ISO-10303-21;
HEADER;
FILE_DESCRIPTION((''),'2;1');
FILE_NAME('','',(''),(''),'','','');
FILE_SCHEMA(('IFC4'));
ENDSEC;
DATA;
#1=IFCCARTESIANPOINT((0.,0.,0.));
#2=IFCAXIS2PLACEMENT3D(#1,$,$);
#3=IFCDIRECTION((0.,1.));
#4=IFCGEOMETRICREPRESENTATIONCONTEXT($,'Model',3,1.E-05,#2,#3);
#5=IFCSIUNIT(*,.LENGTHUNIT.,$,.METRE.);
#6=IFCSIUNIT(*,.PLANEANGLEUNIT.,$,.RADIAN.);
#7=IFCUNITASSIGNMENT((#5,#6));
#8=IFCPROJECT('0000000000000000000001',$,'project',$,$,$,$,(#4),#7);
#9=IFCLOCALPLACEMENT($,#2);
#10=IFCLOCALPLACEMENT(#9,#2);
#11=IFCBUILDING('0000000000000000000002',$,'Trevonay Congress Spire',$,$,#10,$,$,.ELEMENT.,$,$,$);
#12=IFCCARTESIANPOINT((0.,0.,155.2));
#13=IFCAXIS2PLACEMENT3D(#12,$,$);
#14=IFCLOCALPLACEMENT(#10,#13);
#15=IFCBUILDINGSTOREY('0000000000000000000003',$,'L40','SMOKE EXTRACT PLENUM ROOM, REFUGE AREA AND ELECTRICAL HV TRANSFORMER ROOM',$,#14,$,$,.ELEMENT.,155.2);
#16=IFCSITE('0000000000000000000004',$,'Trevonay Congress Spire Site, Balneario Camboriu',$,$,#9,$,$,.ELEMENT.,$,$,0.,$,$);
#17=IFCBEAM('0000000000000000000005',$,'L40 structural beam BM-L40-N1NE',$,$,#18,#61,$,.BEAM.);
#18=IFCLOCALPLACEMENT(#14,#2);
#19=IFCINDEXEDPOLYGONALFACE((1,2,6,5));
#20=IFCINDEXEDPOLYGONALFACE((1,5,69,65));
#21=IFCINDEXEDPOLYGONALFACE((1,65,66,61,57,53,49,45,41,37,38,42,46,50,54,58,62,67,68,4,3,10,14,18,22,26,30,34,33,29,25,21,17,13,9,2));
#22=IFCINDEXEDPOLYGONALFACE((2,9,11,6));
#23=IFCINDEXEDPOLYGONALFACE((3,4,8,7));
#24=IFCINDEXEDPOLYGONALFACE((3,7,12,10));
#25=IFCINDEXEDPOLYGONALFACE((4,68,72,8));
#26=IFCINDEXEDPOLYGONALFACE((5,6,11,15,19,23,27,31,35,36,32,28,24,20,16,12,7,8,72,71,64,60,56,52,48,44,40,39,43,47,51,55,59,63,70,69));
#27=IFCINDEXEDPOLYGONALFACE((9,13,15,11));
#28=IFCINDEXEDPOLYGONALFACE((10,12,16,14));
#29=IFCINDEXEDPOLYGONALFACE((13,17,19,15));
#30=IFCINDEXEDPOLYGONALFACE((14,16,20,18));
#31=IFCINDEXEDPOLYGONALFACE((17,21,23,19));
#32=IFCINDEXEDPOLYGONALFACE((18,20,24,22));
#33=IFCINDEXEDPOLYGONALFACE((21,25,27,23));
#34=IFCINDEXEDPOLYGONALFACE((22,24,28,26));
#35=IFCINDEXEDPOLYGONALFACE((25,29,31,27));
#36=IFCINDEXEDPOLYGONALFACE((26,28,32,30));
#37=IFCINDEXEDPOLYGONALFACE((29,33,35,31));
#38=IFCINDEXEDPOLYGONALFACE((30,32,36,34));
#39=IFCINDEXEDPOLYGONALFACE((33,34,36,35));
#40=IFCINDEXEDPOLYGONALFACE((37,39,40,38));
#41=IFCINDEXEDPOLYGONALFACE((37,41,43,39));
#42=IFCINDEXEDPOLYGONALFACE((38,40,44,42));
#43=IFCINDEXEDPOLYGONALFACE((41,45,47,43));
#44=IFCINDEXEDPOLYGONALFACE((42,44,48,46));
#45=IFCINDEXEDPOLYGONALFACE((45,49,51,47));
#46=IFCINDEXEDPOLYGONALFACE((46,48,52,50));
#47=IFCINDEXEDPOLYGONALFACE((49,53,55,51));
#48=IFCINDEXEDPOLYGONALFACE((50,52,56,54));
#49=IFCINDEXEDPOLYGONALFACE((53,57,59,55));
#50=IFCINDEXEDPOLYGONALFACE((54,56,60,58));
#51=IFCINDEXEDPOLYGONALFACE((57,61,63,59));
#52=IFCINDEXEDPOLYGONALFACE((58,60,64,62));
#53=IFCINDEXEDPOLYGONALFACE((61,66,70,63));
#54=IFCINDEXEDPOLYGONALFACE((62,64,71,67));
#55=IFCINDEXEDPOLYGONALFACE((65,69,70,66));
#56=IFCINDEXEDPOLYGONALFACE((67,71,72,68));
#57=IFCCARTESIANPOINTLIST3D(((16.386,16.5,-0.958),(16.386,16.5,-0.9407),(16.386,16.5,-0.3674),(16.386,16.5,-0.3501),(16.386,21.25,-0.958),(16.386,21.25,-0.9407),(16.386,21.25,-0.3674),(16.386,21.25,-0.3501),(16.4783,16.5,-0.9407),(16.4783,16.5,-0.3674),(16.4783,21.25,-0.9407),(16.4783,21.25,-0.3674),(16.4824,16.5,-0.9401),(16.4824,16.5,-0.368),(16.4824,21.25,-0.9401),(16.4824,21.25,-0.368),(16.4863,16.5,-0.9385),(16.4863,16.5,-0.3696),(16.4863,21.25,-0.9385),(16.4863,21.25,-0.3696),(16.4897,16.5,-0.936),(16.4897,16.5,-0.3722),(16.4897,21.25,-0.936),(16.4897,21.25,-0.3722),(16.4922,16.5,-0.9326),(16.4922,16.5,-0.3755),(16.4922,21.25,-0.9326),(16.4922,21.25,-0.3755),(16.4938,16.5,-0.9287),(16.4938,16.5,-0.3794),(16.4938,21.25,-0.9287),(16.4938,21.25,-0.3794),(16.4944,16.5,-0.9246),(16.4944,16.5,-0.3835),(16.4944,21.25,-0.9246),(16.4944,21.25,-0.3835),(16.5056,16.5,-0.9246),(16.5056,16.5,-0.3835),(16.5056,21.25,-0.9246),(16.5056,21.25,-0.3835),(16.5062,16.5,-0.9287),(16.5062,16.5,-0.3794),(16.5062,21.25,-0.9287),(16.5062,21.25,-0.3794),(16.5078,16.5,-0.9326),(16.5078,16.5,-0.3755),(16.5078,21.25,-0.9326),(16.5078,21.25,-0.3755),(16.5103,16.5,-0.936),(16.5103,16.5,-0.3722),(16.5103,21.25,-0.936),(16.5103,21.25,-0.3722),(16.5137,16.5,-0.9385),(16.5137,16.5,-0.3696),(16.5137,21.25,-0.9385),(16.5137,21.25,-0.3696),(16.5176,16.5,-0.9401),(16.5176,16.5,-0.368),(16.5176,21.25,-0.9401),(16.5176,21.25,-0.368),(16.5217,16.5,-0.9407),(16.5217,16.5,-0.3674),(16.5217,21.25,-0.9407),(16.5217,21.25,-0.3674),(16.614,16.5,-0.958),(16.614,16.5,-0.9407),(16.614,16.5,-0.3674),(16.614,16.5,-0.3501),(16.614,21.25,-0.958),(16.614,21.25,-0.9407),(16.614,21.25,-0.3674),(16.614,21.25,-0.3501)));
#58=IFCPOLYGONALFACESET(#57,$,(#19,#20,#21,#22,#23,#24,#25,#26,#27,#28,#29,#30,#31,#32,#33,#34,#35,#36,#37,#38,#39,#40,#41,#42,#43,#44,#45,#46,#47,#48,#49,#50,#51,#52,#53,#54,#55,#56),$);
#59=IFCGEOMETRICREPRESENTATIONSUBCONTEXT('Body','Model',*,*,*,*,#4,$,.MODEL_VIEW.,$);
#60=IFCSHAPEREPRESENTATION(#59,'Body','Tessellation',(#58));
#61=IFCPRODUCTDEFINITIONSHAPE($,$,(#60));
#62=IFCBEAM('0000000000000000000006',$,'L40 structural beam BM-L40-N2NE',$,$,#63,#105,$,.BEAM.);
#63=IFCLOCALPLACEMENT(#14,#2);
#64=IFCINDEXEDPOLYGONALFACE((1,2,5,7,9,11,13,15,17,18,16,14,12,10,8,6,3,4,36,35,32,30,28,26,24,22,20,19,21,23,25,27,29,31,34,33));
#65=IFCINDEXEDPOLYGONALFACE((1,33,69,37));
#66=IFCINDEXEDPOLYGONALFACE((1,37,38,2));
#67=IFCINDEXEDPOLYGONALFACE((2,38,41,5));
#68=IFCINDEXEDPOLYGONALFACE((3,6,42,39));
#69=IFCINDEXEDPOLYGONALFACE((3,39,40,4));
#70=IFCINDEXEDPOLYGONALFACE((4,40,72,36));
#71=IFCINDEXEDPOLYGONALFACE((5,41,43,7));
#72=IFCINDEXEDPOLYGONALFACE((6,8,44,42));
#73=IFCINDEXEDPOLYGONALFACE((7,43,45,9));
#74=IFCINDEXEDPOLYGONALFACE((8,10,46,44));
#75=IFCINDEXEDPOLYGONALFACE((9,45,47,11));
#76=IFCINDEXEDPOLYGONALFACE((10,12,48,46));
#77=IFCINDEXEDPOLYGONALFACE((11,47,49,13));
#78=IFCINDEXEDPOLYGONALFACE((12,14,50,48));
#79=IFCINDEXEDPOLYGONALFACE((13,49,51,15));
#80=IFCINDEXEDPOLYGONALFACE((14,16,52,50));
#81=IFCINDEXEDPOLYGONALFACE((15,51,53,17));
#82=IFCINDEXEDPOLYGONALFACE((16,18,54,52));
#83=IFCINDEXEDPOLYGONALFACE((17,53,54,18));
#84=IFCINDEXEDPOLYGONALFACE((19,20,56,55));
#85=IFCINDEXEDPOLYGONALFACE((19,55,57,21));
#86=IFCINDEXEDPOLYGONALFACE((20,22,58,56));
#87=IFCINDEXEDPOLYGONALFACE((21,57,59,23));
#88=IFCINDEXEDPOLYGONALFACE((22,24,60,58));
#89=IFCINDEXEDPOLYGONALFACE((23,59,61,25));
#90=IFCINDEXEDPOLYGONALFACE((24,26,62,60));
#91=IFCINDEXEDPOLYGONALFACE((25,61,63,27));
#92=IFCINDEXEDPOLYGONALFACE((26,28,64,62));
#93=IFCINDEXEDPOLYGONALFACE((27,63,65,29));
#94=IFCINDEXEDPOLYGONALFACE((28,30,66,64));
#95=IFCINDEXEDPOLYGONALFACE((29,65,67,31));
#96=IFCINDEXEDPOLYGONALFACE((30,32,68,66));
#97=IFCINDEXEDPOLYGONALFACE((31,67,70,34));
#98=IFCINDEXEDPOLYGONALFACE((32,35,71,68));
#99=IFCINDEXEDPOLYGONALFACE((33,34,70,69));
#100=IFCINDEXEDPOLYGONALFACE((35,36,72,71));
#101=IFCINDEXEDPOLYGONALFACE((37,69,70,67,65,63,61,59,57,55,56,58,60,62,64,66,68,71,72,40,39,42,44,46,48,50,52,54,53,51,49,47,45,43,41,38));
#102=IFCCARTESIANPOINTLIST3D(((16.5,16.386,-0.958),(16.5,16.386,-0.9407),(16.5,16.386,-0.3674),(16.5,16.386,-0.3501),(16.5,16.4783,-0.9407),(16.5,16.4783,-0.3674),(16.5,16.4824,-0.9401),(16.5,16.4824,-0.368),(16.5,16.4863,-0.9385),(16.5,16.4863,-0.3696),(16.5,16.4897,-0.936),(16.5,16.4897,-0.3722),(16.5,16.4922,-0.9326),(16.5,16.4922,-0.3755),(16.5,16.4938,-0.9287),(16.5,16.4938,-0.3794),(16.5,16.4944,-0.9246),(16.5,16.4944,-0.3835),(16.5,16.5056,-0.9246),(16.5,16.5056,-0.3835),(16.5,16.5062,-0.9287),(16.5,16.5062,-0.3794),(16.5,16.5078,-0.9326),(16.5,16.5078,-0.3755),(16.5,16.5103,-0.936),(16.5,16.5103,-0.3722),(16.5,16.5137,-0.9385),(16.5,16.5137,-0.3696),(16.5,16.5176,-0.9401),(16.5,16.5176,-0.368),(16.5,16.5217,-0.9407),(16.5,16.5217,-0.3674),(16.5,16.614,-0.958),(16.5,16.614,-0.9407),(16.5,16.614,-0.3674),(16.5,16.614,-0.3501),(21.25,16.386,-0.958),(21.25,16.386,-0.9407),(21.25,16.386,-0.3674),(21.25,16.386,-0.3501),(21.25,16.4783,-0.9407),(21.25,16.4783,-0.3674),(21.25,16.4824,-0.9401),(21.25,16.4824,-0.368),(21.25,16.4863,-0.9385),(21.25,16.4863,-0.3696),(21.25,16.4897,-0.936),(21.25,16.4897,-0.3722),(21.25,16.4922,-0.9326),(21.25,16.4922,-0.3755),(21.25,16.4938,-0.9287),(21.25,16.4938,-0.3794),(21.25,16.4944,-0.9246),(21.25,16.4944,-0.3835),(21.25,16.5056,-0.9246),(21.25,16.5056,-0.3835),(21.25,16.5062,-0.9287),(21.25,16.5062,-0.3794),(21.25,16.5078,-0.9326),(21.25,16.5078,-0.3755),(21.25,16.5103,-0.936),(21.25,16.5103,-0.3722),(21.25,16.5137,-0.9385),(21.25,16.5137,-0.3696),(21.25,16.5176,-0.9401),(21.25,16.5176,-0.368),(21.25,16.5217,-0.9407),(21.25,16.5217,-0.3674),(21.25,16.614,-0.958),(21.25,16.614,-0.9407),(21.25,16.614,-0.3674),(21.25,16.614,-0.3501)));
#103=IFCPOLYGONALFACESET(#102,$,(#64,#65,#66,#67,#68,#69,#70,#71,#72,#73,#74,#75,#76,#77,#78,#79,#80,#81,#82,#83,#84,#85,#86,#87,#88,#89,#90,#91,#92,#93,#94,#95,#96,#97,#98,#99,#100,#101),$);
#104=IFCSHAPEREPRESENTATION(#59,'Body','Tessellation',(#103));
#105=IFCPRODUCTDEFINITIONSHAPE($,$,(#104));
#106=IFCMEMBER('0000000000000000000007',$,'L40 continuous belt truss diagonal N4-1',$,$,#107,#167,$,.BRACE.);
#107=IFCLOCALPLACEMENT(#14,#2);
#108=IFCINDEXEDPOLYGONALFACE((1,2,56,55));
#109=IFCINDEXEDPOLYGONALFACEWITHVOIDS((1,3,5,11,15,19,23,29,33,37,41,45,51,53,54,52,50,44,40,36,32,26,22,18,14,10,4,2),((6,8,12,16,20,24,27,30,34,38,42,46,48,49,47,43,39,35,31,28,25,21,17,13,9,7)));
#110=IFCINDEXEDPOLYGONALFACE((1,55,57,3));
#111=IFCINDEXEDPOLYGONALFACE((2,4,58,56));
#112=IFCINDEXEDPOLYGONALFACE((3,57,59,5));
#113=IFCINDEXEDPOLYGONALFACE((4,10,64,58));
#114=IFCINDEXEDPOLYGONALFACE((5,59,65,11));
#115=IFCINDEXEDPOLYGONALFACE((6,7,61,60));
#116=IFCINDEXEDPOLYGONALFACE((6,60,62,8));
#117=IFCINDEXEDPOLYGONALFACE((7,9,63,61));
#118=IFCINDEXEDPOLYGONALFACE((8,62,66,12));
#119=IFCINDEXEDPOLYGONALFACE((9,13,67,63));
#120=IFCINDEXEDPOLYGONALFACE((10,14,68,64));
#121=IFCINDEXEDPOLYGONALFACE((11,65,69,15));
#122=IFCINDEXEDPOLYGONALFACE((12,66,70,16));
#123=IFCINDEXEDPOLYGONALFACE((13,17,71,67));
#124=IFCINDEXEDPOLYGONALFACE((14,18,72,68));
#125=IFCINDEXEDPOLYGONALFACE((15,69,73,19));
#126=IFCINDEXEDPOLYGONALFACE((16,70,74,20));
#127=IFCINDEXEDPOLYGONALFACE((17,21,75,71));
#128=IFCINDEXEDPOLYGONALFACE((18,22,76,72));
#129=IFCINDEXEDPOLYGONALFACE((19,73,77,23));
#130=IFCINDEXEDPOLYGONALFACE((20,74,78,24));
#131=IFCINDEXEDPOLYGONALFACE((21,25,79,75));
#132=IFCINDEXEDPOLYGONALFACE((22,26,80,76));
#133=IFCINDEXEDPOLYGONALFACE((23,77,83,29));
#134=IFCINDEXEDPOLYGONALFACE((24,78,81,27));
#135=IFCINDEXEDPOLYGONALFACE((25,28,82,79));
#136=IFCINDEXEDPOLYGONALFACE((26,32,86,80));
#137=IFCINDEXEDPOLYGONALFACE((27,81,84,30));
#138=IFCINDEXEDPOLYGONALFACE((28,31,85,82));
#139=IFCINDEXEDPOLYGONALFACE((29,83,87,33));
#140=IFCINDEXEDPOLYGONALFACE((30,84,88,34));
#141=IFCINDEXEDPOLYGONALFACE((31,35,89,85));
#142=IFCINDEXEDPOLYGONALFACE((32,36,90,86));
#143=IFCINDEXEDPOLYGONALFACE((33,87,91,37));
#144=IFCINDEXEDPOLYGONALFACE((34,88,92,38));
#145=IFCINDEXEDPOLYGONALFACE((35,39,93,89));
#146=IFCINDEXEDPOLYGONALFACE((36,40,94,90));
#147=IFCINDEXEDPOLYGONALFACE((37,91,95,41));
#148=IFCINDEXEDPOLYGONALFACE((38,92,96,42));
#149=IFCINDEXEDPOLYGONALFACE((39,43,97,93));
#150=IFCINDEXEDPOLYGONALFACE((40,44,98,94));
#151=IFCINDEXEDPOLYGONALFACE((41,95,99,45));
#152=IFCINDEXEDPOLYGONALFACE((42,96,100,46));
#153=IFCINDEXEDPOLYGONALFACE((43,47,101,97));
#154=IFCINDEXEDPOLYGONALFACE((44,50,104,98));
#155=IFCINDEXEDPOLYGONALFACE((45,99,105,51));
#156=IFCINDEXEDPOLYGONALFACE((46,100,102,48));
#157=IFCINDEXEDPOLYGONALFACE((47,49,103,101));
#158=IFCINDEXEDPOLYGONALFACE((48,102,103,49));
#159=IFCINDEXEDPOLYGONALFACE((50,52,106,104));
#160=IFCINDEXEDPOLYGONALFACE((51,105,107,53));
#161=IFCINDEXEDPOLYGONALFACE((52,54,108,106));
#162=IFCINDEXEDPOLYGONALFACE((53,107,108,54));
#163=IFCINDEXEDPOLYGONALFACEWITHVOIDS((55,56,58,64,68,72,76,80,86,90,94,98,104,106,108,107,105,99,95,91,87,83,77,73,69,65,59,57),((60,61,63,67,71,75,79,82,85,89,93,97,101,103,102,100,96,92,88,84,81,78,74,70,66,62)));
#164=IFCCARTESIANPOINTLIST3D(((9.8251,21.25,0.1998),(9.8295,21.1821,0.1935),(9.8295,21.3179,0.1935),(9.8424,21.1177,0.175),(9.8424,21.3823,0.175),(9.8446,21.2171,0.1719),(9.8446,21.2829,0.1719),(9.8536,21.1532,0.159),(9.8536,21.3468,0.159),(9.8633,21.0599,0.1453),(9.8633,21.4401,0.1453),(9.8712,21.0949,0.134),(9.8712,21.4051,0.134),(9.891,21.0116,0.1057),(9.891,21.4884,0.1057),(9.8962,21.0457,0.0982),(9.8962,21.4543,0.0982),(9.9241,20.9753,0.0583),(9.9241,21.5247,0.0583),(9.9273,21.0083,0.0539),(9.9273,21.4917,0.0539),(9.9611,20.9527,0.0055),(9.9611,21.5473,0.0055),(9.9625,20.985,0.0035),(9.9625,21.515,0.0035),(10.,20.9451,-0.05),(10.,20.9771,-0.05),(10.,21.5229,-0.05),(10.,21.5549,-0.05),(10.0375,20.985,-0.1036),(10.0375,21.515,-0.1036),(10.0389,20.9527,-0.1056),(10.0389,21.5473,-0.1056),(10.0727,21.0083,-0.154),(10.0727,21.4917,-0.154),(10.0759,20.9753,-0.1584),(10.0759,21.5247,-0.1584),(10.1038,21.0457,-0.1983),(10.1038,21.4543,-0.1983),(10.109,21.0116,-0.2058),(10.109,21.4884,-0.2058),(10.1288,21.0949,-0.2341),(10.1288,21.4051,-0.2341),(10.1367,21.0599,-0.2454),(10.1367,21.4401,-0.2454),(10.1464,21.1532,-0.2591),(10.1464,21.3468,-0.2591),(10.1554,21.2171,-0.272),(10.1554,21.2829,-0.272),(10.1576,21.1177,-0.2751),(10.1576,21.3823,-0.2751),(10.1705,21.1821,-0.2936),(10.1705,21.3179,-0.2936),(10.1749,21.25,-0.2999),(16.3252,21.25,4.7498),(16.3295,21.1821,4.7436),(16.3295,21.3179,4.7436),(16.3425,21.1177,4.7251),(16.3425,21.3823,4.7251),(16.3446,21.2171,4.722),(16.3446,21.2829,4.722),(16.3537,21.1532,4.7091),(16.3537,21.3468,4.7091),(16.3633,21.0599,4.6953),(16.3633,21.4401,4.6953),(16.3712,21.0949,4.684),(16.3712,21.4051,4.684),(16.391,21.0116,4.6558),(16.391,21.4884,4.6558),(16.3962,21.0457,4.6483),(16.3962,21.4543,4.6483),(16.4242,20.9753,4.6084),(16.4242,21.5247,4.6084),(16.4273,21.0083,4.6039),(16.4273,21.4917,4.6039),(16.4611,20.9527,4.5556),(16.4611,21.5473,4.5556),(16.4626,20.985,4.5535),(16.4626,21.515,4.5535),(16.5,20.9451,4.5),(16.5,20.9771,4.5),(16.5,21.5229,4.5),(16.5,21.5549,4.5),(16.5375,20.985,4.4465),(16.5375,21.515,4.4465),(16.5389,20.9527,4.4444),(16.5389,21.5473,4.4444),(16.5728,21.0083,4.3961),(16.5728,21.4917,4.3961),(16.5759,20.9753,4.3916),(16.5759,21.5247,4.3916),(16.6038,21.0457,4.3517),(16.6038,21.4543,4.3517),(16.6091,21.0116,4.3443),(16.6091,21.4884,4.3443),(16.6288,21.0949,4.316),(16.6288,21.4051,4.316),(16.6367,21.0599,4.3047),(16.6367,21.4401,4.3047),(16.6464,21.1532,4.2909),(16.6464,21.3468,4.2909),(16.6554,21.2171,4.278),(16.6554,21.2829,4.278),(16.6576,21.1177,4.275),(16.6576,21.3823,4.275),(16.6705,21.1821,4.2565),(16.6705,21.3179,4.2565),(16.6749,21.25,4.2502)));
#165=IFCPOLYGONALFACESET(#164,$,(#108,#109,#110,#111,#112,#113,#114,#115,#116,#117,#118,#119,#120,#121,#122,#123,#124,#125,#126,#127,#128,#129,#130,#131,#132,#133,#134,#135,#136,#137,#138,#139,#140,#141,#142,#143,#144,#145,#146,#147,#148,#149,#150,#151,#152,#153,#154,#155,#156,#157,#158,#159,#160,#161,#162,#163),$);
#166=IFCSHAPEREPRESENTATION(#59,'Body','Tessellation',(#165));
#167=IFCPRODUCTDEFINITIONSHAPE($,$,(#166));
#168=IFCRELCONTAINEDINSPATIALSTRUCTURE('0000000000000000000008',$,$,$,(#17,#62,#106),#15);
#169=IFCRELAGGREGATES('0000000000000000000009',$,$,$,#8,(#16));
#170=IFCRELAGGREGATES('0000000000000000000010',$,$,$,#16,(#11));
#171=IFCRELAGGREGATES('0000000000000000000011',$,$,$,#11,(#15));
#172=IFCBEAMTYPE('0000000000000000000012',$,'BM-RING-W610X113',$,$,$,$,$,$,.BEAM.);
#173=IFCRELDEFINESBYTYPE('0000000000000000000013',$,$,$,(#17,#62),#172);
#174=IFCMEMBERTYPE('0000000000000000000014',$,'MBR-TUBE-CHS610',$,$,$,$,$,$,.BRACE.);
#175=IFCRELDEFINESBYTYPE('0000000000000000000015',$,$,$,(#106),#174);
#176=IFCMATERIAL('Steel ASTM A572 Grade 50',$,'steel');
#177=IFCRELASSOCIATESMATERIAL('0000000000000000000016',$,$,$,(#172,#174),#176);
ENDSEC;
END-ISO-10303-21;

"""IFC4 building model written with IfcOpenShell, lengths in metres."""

from ifc_helpers import new_model, si_unit, direction, frame, origin, origin_2d, place, context, subcontext, project, spatial, hollow_circle, i_section, extrude, material, material_profile, profile_set, type_object, element, save


model = new_model("IFC4")

# Units and contexts
model_context = context("Model", 3, precision=1e-05, world=origin(), true_north=direction((0.0, 1.0)))
body_context = subcontext(model_context, "Body", "Model", "MODEL_VIEW")
ifc_project = project(units=[si_unit("LENGTHUNIT", "METRE"), si_unit("PLANEANGLEUNIT", "RADIAN")], contexts=[model_context])

# Site, building, storey
site_placement = place(None, origin())
site = spatial("IfcSite", under=ifc_project, at=site_placement, Name="Trevonay Congress Spire Site, Balneario Camboriu", CompositionType="ELEMENT", RefElevation=0.0)
building_placement = place(site_placement, origin())
building = spatial("IfcBuilding", under=site, at=building_placement, Name="Trevonay Congress Spire", CompositionType="ELEMENT")
storey_placement = place(building_placement, frame((0.0, 0.0, 155.2)))
storey = spatial("IfcBuildingStorey", under=building, at=storey_placement, Name="L40", Description="SMOKE EXTRACT PLENUM ROOM, REFUGE AREA AND ELECTRICAL HV TRANSFORMER ROOM", CompositionType="ELEMENT", Elevation=155.2)

# Shared definitions
ifc_material_1 = material(Name="Steel ASTM A572 Grade 50", Category="steel")

# Beams
ifc_material_profile_1 = material_profile(ifc_material_1, i_section(OverallWidth=0.228, OverallDepth=0.6079, WebThickness=0.0112, FlangeThickness=0.0173, FilletRadius=0.0161, at=origin_2d()), Name="W610x113")
ifc_profile_set_1 = profile_set([ifc_material_profile_1], Name="Steel ASTM A572 Grade 50")
beam_type = type_object("IfcBeamType", Name="BM-RING-W610X113", PredefinedType="BEAM", material=ifc_profile_set_1)
for number, where, z_axis, x_axis, name in (
    (1, (16.5, 21.25, -0.6541), (0.0, -1.0, 0.0), (1.0, 0.0, 0.0), "L40 structural beam BM-L40-N1NE"),
    (2, (21.25, 16.5, -0.6541), (-1.0, 0.0, 0.0), (0.0, -1.0, 0.0), "L40 structural beam BM-L40-N2NE"),
):
    element("IfcBeam", number, at=place(storey_placement, frame(where, z_axis=z_axis, x_axis=x_axis)), inside=storey, type_object=beam_type, Name=name, PredefinedType="BEAM", context=body_context, shape_type="SweptSolid", body=[
        extrude(i_section(OverallWidth=0.228, OverallDepth=0.6079, WebThickness=0.0112, FlangeThickness=0.0173, FilletRadius=0.0161, at=origin_2d()), origin(), (0.0, 0.0, 1.0), 4.75),
    ])

# Member
ifc_material_profile_2 = material_profile(ifc_material_1, hollow_circle(Radius=0.3049, WallThickness=0.032, at=origin_2d()), Name="CHS 610x32")
ifc_profile_set_2 = profile_set([ifc_material_profile_2], Name="Steel ASTM A572 Grade 50")
member_type = type_object("IfcMemberType", Name="MBR-TUBE-CHS610", PredefinedType="BRACE", material=ifc_profile_set_2)
member_1_placement = place(storey_placement, frame((10.0, 21.25, -0.05), z_axis=(0.819229, 0.0, 0.573466), x_axis=(0.0, 1.0, 0.0)))
element("IfcMember", 3, at=member_1_placement, inside=storey, type_object=member_type, Name="L40 continuous belt truss diagonal N4-1", PredefinedType="BRACE", context=body_context, shape_type="SweptSolid", body=[
    extrude(hollow_circle(Radius=0.3049, WallThickness=0.032, at=origin_2d()), origin(), (0.0, 0.0, 1.0), 7.9343),
])

save(model, "model.ifc")
